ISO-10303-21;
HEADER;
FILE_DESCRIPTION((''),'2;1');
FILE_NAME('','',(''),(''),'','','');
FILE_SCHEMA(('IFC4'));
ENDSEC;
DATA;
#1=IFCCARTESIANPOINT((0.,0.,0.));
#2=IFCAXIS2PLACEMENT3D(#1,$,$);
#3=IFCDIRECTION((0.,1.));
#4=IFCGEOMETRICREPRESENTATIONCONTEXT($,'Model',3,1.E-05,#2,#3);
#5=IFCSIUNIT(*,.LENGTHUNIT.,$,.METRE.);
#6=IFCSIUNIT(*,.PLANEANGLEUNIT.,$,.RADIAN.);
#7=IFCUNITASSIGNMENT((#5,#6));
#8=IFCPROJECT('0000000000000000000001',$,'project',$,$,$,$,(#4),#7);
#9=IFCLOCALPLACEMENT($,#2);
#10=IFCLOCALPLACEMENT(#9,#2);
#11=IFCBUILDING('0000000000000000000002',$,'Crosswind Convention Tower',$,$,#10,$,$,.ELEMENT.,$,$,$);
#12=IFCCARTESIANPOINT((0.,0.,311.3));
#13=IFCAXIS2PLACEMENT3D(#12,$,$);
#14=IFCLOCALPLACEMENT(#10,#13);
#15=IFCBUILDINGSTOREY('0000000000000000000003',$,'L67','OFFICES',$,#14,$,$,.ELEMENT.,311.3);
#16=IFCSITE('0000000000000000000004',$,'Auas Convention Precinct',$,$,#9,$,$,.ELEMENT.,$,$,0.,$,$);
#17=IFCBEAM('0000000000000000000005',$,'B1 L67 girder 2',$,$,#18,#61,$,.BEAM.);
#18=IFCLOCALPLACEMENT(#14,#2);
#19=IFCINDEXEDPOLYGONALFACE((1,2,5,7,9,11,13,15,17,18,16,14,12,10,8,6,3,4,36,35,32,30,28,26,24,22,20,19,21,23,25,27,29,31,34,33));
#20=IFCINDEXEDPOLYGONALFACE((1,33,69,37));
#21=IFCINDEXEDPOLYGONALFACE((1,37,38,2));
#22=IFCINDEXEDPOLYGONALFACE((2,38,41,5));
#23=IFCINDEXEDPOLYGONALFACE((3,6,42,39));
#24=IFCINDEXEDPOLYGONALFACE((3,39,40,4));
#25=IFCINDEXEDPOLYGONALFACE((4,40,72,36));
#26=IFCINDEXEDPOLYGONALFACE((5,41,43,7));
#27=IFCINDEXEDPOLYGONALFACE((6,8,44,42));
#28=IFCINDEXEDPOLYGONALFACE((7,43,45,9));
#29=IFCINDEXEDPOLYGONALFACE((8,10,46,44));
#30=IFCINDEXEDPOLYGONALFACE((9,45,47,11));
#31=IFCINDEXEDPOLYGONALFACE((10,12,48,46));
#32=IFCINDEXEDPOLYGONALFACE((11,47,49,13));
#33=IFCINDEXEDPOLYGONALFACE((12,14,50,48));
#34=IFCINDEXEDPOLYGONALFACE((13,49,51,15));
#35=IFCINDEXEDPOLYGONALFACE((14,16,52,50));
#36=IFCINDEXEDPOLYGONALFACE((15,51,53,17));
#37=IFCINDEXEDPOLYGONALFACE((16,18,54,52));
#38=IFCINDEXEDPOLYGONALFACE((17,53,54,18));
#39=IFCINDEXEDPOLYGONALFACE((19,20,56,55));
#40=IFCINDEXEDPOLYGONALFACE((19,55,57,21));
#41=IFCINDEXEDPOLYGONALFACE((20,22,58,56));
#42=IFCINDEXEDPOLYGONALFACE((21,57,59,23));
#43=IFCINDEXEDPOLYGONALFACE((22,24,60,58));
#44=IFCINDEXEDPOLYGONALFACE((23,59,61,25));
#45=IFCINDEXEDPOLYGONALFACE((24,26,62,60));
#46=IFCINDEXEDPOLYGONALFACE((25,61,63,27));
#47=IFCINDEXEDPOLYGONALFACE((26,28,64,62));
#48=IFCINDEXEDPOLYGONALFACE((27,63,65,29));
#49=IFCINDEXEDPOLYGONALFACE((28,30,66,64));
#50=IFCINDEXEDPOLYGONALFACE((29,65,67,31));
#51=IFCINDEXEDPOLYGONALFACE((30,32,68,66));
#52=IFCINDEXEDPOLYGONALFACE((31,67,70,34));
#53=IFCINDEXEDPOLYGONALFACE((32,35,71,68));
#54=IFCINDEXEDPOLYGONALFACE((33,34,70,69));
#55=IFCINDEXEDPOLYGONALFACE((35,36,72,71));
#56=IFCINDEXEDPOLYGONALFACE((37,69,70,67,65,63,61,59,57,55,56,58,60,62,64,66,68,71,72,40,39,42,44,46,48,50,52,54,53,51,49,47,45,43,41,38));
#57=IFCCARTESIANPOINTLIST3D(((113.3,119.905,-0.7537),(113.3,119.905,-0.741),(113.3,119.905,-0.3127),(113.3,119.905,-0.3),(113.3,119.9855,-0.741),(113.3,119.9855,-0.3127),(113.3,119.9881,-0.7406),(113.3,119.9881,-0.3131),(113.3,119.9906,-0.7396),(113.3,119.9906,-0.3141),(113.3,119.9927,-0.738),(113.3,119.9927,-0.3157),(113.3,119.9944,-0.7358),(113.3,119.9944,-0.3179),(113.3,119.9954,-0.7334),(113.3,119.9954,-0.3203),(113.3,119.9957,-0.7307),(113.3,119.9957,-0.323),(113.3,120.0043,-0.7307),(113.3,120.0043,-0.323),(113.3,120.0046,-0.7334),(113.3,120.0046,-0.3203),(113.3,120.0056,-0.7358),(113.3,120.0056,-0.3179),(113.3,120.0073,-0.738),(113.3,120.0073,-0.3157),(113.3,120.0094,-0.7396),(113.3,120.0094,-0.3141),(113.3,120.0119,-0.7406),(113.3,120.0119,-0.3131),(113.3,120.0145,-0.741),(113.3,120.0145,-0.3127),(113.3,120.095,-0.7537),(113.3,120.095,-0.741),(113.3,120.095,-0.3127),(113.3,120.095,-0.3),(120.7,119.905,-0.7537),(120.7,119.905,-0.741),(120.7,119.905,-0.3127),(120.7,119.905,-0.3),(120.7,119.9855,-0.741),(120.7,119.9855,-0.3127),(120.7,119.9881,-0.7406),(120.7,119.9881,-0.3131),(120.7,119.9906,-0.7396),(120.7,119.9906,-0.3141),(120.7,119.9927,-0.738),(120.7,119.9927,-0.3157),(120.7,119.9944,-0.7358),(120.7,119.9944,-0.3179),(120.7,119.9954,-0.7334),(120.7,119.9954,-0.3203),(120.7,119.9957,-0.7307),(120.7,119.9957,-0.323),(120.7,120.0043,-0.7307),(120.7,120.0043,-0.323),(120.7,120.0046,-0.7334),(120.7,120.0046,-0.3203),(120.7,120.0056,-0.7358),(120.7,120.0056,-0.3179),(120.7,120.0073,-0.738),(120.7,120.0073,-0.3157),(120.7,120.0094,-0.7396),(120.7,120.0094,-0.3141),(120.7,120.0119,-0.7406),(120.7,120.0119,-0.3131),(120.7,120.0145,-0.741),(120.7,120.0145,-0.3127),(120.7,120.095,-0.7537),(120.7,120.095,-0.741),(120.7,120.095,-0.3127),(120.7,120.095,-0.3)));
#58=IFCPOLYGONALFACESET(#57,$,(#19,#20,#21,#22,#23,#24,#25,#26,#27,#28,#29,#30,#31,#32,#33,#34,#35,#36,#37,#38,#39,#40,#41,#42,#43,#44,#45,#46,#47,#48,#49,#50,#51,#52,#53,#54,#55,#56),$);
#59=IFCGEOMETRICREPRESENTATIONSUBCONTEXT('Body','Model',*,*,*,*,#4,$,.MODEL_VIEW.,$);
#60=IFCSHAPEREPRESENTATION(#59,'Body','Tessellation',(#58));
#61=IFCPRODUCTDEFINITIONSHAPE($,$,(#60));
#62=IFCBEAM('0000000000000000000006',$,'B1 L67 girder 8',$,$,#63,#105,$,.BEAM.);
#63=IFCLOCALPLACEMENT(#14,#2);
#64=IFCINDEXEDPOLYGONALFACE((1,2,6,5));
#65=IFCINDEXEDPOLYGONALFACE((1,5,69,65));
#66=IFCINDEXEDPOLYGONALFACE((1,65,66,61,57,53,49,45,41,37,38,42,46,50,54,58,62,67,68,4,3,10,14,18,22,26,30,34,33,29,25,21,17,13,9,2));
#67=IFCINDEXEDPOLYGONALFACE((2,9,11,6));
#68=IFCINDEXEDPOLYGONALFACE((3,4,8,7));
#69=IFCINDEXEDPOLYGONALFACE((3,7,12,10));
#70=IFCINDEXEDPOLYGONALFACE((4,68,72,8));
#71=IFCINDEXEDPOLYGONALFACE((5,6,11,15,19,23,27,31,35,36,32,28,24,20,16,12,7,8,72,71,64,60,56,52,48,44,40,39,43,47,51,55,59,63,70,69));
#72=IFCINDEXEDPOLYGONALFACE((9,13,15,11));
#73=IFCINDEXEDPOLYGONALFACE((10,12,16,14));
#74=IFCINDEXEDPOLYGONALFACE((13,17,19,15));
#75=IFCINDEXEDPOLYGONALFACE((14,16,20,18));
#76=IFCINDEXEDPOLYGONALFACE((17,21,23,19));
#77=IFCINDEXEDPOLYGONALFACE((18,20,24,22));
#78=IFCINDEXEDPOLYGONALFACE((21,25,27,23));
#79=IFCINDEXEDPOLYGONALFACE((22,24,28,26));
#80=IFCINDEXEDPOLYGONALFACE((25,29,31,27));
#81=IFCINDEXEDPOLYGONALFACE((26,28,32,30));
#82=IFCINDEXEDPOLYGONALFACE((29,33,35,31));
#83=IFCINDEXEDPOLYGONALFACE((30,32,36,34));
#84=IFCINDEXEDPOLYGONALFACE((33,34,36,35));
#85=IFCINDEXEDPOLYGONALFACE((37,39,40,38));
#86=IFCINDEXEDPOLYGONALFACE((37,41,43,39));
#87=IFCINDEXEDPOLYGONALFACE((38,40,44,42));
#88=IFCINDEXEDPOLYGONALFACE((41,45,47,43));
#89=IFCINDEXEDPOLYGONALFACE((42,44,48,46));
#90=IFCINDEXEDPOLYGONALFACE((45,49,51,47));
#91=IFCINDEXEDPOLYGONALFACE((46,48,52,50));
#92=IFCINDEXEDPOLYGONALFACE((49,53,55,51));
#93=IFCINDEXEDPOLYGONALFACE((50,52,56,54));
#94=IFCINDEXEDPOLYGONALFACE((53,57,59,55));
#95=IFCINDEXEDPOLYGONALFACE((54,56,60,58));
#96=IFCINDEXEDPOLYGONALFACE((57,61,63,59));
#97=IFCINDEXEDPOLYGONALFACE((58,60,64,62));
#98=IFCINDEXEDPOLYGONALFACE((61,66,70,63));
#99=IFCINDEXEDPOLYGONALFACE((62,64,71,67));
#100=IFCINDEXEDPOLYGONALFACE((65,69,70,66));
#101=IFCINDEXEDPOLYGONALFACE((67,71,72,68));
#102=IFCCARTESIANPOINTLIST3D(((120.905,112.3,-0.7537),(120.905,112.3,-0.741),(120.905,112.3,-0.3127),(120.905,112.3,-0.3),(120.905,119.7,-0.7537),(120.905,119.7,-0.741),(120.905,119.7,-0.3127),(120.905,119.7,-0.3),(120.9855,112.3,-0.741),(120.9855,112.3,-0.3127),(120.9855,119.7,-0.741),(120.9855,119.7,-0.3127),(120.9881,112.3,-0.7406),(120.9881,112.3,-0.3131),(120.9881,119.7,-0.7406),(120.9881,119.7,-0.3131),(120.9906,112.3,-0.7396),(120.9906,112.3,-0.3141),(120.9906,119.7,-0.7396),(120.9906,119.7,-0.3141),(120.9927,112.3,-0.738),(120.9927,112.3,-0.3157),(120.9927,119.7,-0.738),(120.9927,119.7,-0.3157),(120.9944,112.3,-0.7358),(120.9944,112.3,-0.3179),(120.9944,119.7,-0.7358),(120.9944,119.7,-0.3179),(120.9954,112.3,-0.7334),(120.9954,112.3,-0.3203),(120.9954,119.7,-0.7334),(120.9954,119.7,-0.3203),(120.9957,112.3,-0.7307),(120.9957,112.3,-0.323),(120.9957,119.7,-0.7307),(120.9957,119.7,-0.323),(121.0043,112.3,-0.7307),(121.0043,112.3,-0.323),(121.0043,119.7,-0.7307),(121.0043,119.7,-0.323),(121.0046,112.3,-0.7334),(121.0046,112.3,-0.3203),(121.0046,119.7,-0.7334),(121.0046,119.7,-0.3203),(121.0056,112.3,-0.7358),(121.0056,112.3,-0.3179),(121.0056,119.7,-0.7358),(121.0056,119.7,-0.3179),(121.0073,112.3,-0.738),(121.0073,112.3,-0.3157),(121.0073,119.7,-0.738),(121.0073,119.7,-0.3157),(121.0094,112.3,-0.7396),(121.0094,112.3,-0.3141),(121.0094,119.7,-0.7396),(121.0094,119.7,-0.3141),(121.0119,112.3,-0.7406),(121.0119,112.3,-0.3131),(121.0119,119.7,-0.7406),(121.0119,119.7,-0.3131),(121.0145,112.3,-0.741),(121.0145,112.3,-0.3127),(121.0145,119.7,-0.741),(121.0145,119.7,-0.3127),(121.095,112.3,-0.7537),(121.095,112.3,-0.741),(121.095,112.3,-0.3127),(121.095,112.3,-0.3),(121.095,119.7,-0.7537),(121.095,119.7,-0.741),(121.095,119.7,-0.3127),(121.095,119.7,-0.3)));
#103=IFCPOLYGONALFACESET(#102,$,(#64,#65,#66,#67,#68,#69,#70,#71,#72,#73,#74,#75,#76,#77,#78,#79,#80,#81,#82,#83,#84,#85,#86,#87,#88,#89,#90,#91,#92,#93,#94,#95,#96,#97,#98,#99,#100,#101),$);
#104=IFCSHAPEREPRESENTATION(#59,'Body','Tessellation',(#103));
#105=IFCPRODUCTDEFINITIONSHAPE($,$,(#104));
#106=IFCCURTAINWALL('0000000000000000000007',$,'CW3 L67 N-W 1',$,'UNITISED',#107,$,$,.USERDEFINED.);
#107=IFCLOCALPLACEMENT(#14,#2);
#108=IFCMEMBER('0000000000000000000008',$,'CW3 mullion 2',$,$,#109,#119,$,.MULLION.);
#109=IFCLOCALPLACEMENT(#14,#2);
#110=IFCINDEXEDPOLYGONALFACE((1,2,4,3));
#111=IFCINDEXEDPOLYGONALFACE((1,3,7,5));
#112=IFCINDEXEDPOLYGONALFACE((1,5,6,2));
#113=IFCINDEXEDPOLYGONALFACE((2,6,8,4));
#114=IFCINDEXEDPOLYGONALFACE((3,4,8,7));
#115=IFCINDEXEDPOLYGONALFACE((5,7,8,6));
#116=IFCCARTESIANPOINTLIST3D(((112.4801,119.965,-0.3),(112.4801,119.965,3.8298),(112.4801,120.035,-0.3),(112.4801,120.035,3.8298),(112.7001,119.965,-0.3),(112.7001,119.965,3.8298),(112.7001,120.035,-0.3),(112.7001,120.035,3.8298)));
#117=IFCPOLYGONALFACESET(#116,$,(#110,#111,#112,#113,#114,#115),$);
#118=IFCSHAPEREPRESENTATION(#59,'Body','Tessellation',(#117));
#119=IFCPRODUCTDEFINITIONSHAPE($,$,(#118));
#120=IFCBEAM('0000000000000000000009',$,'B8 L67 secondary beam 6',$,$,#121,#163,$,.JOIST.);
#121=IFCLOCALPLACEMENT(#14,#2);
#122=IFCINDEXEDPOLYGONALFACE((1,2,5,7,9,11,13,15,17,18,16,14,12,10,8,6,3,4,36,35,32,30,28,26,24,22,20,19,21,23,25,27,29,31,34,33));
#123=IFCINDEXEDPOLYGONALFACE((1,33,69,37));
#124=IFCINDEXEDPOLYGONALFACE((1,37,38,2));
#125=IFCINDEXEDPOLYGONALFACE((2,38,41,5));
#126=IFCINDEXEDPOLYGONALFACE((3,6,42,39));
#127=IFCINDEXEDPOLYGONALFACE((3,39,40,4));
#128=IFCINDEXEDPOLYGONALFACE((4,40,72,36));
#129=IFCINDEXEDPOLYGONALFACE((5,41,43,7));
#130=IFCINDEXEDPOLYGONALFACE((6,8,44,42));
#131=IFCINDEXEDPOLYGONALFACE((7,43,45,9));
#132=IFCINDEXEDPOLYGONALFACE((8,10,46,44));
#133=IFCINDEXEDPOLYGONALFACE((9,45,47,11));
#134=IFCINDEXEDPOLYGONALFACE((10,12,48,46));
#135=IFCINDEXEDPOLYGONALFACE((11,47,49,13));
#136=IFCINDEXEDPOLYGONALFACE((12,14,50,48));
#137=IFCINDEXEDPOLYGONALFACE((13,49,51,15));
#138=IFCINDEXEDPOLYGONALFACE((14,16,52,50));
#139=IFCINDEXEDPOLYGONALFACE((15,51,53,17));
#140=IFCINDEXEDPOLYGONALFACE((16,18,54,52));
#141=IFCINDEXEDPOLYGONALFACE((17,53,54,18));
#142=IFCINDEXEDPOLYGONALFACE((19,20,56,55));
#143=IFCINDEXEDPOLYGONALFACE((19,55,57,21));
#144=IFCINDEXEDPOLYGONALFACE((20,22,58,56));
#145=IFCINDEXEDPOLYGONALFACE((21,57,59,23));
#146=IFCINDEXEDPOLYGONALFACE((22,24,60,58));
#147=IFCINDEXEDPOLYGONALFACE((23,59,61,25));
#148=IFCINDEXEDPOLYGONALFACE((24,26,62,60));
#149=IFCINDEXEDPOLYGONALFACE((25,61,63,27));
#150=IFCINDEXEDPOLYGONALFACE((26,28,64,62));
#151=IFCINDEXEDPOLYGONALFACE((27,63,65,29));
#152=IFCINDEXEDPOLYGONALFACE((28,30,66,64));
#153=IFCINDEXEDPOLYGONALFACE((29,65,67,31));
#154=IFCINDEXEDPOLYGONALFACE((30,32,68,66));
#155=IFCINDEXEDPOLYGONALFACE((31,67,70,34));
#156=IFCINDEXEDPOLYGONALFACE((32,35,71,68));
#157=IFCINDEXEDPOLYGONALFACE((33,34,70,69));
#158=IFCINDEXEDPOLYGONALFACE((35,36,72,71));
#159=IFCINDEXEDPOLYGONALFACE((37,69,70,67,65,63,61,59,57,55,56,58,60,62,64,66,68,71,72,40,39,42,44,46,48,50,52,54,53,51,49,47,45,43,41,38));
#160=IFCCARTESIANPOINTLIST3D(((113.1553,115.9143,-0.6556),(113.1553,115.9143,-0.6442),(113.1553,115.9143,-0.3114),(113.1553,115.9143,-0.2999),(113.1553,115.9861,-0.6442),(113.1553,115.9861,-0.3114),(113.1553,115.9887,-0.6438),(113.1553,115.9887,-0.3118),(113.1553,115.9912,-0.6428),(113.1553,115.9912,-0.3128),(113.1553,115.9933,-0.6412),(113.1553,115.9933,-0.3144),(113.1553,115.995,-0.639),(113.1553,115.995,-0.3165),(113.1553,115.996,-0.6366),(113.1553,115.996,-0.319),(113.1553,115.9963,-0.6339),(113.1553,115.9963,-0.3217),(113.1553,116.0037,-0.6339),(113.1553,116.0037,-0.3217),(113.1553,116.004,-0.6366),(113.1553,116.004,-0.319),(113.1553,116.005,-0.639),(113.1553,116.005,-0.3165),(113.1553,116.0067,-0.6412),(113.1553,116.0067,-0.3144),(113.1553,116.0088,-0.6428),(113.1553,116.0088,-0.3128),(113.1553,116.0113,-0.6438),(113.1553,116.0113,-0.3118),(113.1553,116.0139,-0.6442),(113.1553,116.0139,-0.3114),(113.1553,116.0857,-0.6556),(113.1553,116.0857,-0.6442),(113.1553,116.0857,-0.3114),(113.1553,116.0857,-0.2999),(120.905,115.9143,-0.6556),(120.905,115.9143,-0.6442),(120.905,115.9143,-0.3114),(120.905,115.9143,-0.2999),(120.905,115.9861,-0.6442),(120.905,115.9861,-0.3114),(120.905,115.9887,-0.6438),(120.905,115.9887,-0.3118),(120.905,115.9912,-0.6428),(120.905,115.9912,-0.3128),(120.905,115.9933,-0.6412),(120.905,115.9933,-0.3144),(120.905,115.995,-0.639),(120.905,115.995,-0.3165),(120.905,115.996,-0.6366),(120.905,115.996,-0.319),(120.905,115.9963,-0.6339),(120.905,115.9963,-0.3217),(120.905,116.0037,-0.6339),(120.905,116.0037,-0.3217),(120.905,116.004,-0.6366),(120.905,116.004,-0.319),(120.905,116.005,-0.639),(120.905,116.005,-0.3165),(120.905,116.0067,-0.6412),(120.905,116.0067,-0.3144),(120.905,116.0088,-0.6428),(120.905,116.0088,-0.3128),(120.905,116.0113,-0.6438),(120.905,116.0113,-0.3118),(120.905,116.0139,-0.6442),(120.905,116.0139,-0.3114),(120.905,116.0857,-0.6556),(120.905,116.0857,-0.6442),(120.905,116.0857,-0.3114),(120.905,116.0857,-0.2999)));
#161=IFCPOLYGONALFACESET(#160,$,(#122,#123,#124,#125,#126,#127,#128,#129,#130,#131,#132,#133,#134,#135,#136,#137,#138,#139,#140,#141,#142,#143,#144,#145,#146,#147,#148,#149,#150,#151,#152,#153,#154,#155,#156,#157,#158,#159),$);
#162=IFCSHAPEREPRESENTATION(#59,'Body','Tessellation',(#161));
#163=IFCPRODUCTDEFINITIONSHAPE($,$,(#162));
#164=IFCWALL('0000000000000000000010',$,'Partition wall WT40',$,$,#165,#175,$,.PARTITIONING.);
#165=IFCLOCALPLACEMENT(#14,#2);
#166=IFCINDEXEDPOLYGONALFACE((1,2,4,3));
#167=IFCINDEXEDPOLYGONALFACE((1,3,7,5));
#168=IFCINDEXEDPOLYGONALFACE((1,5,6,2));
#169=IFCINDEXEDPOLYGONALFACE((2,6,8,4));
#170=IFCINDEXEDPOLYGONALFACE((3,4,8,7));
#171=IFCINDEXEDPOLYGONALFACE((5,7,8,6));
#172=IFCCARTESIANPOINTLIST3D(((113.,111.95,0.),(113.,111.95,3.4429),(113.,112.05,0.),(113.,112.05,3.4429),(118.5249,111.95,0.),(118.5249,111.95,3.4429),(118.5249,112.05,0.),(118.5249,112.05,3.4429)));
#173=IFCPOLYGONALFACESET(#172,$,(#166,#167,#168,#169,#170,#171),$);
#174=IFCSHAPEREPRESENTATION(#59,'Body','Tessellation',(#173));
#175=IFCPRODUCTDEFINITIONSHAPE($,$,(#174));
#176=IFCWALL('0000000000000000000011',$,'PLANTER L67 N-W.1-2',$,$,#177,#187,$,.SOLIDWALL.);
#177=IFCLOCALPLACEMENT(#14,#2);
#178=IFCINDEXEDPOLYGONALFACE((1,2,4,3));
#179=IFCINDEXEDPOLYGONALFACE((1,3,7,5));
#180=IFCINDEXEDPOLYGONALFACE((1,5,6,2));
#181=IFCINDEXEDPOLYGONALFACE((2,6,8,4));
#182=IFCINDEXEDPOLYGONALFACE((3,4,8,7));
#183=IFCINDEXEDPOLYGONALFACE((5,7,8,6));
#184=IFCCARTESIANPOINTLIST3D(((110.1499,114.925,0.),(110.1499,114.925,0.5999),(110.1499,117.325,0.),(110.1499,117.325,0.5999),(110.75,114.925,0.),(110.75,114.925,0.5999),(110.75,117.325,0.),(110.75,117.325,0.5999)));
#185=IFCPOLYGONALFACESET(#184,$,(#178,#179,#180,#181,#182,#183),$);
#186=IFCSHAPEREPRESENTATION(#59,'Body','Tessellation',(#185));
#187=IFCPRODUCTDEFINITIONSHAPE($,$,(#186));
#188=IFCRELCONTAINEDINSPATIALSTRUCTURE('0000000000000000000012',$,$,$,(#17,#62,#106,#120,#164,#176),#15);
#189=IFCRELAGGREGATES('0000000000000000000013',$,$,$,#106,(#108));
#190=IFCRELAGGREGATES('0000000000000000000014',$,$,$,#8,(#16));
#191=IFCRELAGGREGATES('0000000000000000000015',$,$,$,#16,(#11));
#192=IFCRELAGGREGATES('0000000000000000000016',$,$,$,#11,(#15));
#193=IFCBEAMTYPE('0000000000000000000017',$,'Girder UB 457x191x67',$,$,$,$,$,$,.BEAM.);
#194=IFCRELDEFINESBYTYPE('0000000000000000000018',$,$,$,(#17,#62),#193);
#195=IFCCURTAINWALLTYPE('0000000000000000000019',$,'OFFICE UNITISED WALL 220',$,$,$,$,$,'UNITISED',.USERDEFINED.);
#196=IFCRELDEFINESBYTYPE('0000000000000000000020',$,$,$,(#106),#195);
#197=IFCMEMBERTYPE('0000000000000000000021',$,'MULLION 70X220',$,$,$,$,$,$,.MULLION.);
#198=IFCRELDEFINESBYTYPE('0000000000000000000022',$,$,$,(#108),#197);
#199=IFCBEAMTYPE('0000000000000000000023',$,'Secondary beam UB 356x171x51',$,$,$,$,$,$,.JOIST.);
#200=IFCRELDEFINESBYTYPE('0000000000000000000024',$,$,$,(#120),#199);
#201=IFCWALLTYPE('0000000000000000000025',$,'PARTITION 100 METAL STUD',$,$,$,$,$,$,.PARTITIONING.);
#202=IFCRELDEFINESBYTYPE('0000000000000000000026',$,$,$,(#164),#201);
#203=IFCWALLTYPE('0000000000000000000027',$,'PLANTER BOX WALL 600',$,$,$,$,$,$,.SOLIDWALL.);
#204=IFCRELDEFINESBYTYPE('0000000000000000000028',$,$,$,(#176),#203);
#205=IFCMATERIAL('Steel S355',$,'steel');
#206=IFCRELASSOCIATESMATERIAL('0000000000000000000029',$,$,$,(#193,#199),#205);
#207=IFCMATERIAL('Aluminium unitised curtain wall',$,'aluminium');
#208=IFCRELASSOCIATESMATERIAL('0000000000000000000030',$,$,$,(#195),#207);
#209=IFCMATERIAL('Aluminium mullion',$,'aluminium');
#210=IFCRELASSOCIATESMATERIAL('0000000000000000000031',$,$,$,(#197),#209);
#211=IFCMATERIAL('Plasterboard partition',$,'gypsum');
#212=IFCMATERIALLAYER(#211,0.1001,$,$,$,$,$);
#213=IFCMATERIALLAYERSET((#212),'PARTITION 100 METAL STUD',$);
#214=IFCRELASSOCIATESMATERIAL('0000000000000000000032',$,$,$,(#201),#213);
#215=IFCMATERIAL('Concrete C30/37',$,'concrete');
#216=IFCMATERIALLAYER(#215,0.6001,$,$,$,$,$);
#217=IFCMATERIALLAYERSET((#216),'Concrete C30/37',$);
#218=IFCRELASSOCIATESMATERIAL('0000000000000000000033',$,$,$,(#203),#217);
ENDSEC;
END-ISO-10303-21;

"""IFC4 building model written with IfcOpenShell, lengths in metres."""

from ifc_helpers import new_model, si_unit, direction, frame, frame_2d, origin, origin_2d, place, context, subcontext, project, spatial, rectangle, i_section, extrude, material, layer, layer_set, material_profile, profile_set, type_object, element, aggregate, save


model = new_model("IFC4")

# Units and contexts
model_context = context("Model", 3, precision=1e-05, world=origin(), true_north=direction((0.0, 1.0)))
body_context = subcontext(model_context, "Body", "Model", "MODEL_VIEW")
ifc_project = project(units=[si_unit("LENGTHUNIT", "METRE"), si_unit("PLANEANGLEUNIT", "RADIAN")], contexts=[model_context])

# Site, building, storey
site_placement = place(None, origin())
site = spatial("IfcSite", under=ifc_project, at=site_placement, Name="Auas Convention Precinct", CompositionType="ELEMENT", RefElevation=0.0)
building_placement = place(site_placement, origin())
building = spatial("IfcBuilding", under=site, at=building_placement, Name="Crosswind Convention Tower", CompositionType="ELEMENT")
storey_placement = place(building_placement, frame((0.0, 0.0, 311.3)))
storey = spatial("IfcBuildingStorey", under=building, at=storey_placement, Name="L67", Description="OFFICES", CompositionType="ELEMENT", Elevation=311.3)

# Beams
ifc_material_1 = material(Name="Steel S355", Category="steel")
ifc_material_profile_1 = material_profile(ifc_material_1, i_section(OverallWidth=0.1899, OverallDepth=0.4536, WebThickness=0.0085, FlangeThickness=0.0127, FilletRadius=0.0103, at=origin_2d()), Name="UB 457x191x67")
ifc_profile_set_1 = profile_set([ifc_material_profile_1], Name="Steel S355")
beam_type_1 = type_object("IfcBeamType", Name="Girder UB 457x191x67", PredefinedType="BEAM", material=ifc_profile_set_1)
for number, where, z_axis, x_axis, name in (
    (1, (113.3, 120.0, -0.5269), (1.0, 0.0, 0.0), (0.0, 1.0, 0.0), "B1 L67 girder 2"),
    (2, (121.0, 112.3, -0.5269), (0.0, 1.0, 0.0), (-1.0, 0.0, 0.0), "B1 L67 girder 8"),
):
    element("IfcBeam", number, at=place(storey_placement, frame(where, z_axis=z_axis, x_axis=x_axis)), inside=storey, type_object=beam_type_1, Name=name, PredefinedType="BEAM", context=body_context, shape_type="SweptSolid", body=[
        extrude(i_section(OverallWidth=0.1899, OverallDepth=0.4536, WebThickness=0.0085, FlangeThickness=0.0127, FilletRadius=0.0103, at=origin_2d()), origin(), (0.0, 0.0, 1.0), 7.3999),
    ])

# Curtain wall, member
ifc_material_2 = material(Name="Aluminium unitised curtain wall", Category="aluminium")
curtain_wall_type = type_object("IfcCurtainWallType", Name="OFFICE UNITISED WALL 220", ElementType="UNITISED", PredefinedType="USERDEFINED", material=ifc_material_2)
curtain_wall_placement = place(storey_placement, origin())
curtain_wall = element("IfcCurtainWall", 3, at=curtain_wall_placement, inside=storey, type_object=curtain_wall_type, Name="CW3 L67 N-W 1", ObjectType="UNITISED", PredefinedType="USERDEFINED")
ifc_material_3 = material(Name="Aluminium mullion", Category="aluminium")
ifc_material_profile_2 = material_profile(ifc_material_3, rectangle(XDim=0.22, YDim=0.0701, at=origin_2d()), Name="AL 220X70")
ifc_profile_set_2 = profile_set([ifc_material_profile_2], Name="Aluminium mullion")
member_type = type_object("IfcMemberType", Name="MULLION 70X220", PredefinedType="MULLION", material=ifc_profile_set_2)
member_placement = place(storey_placement, frame((112.5901, 120.0, -0.3), z_axis=(0.0, 0.0, 1.0), x_axis=(-1.0, 0.0, 0.0)))
member = element("IfcMember", 4, at=member_placement, type_object=member_type, Name="CW3 mullion 2", PredefinedType="MULLION", context=body_context, shape_type="SweptSolid", body=[
    extrude(rectangle(XDim=0.22, YDim=0.0701, at=origin_2d()), origin(), (0.0, 0.0, 1.0), 4.1299),
])
aggregate(curtain_wall, [member])

# Beam
ifc_material_profile_3 = material_profile(ifc_material_1, i_section(OverallWidth=0.1714, OverallDepth=0.3557, WebThickness=0.0073, FlangeThickness=0.0115, FilletRadius=0.0103, at=origin_2d()), Name="UB 356x171x51")
ifc_profile_set_3 = profile_set([ifc_material_profile_3], Name="Steel S355")
beam_type_2 = type_object("IfcBeamType", Name="Secondary beam UB 356x171x51", PredefinedType="JOIST", material=ifc_profile_set_3)
beam_1_placement = place(storey_placement, frame((113.1553, 116.0, -0.4778), z_axis=(1.0, 0.0, 0.0), x_axis=(0.0, 1.0, 0.0)))
element("IfcBeam", 5, at=beam_1_placement, inside=storey, type_object=beam_type_2, Name="B8 L67 secondary beam 6", PredefinedType="JOIST", context=body_context, shape_type="SweptSolid", body=[
    extrude(i_section(OverallWidth=0.1714, OverallDepth=0.3557, WebThickness=0.0073, FlangeThickness=0.0115, FilletRadius=0.0103, at=origin_2d()), origin(), (0.0, 0.0, 1.0), 7.7498),
])

# Walls
ifc_material_4 = material(Name="Plasterboard partition", Category="gypsum")
ifc_layer_1 = layer(ifc_material_4, 0.1001)
ifc_layer_set_1 = layer_set([ifc_layer_1], Name="PARTITION 100 METAL STUD")
wall_type_1 = type_object("IfcWallType", Name="PARTITION 100 METAL STUD", PredefinedType="PARTITIONING", material=ifc_layer_set_1)
wall_1_placement = place(storey_placement, frame((113.0, 112.0, 0.0), z_axis=(0.0, 0.0, 1.0), x_axis=(1.0, 0.0, 0.0)))
element("IfcWall", 6, at=wall_1_placement, inside=storey, type_object=wall_type_1, Name="Partition wall WT40", PredefinedType="PARTITIONING", context=body_context, shape_type="SweptSolid", body=[
    extrude(rectangle(XDim=5.5249, YDim=0.1001, at=frame_2d((2.7625, 0.0))), origin(), (0.0, 0.0, 1.0), 3.4429),
])
ifc_material_5 = material(Name="Concrete C30/37", Category="concrete")
ifc_layer_2 = layer(ifc_material_5, 0.6001)
ifc_layer_set_2 = layer_set([ifc_layer_2], Name="Concrete C30/37")
wall_type_2 = type_object("IfcWallType", Name="PLANTER BOX WALL 600", PredefinedType="SOLIDWALL", material=ifc_layer_set_2)
wall_2_placement = place(storey_placement, frame((110.45, 117.325, 0.0), z_axis=(0.0, 0.0, 1.0), x_axis=(0.0, -1.0, 0.0)))
element("IfcWall", 7, at=wall_2_placement, inside=storey, type_object=wall_type_2, Name="PLANTER L67 N-W.1-2", PredefinedType="SOLIDWALL", context=body_context, shape_type="SweptSolid", body=[
    extrude(rectangle(XDim=2.3999, YDim=0.6001, at=frame_2d((1.2, 0.0))), origin(), (0.0, 0.0, 1.0), 0.5999),
])

save(model, "model.ifc")
